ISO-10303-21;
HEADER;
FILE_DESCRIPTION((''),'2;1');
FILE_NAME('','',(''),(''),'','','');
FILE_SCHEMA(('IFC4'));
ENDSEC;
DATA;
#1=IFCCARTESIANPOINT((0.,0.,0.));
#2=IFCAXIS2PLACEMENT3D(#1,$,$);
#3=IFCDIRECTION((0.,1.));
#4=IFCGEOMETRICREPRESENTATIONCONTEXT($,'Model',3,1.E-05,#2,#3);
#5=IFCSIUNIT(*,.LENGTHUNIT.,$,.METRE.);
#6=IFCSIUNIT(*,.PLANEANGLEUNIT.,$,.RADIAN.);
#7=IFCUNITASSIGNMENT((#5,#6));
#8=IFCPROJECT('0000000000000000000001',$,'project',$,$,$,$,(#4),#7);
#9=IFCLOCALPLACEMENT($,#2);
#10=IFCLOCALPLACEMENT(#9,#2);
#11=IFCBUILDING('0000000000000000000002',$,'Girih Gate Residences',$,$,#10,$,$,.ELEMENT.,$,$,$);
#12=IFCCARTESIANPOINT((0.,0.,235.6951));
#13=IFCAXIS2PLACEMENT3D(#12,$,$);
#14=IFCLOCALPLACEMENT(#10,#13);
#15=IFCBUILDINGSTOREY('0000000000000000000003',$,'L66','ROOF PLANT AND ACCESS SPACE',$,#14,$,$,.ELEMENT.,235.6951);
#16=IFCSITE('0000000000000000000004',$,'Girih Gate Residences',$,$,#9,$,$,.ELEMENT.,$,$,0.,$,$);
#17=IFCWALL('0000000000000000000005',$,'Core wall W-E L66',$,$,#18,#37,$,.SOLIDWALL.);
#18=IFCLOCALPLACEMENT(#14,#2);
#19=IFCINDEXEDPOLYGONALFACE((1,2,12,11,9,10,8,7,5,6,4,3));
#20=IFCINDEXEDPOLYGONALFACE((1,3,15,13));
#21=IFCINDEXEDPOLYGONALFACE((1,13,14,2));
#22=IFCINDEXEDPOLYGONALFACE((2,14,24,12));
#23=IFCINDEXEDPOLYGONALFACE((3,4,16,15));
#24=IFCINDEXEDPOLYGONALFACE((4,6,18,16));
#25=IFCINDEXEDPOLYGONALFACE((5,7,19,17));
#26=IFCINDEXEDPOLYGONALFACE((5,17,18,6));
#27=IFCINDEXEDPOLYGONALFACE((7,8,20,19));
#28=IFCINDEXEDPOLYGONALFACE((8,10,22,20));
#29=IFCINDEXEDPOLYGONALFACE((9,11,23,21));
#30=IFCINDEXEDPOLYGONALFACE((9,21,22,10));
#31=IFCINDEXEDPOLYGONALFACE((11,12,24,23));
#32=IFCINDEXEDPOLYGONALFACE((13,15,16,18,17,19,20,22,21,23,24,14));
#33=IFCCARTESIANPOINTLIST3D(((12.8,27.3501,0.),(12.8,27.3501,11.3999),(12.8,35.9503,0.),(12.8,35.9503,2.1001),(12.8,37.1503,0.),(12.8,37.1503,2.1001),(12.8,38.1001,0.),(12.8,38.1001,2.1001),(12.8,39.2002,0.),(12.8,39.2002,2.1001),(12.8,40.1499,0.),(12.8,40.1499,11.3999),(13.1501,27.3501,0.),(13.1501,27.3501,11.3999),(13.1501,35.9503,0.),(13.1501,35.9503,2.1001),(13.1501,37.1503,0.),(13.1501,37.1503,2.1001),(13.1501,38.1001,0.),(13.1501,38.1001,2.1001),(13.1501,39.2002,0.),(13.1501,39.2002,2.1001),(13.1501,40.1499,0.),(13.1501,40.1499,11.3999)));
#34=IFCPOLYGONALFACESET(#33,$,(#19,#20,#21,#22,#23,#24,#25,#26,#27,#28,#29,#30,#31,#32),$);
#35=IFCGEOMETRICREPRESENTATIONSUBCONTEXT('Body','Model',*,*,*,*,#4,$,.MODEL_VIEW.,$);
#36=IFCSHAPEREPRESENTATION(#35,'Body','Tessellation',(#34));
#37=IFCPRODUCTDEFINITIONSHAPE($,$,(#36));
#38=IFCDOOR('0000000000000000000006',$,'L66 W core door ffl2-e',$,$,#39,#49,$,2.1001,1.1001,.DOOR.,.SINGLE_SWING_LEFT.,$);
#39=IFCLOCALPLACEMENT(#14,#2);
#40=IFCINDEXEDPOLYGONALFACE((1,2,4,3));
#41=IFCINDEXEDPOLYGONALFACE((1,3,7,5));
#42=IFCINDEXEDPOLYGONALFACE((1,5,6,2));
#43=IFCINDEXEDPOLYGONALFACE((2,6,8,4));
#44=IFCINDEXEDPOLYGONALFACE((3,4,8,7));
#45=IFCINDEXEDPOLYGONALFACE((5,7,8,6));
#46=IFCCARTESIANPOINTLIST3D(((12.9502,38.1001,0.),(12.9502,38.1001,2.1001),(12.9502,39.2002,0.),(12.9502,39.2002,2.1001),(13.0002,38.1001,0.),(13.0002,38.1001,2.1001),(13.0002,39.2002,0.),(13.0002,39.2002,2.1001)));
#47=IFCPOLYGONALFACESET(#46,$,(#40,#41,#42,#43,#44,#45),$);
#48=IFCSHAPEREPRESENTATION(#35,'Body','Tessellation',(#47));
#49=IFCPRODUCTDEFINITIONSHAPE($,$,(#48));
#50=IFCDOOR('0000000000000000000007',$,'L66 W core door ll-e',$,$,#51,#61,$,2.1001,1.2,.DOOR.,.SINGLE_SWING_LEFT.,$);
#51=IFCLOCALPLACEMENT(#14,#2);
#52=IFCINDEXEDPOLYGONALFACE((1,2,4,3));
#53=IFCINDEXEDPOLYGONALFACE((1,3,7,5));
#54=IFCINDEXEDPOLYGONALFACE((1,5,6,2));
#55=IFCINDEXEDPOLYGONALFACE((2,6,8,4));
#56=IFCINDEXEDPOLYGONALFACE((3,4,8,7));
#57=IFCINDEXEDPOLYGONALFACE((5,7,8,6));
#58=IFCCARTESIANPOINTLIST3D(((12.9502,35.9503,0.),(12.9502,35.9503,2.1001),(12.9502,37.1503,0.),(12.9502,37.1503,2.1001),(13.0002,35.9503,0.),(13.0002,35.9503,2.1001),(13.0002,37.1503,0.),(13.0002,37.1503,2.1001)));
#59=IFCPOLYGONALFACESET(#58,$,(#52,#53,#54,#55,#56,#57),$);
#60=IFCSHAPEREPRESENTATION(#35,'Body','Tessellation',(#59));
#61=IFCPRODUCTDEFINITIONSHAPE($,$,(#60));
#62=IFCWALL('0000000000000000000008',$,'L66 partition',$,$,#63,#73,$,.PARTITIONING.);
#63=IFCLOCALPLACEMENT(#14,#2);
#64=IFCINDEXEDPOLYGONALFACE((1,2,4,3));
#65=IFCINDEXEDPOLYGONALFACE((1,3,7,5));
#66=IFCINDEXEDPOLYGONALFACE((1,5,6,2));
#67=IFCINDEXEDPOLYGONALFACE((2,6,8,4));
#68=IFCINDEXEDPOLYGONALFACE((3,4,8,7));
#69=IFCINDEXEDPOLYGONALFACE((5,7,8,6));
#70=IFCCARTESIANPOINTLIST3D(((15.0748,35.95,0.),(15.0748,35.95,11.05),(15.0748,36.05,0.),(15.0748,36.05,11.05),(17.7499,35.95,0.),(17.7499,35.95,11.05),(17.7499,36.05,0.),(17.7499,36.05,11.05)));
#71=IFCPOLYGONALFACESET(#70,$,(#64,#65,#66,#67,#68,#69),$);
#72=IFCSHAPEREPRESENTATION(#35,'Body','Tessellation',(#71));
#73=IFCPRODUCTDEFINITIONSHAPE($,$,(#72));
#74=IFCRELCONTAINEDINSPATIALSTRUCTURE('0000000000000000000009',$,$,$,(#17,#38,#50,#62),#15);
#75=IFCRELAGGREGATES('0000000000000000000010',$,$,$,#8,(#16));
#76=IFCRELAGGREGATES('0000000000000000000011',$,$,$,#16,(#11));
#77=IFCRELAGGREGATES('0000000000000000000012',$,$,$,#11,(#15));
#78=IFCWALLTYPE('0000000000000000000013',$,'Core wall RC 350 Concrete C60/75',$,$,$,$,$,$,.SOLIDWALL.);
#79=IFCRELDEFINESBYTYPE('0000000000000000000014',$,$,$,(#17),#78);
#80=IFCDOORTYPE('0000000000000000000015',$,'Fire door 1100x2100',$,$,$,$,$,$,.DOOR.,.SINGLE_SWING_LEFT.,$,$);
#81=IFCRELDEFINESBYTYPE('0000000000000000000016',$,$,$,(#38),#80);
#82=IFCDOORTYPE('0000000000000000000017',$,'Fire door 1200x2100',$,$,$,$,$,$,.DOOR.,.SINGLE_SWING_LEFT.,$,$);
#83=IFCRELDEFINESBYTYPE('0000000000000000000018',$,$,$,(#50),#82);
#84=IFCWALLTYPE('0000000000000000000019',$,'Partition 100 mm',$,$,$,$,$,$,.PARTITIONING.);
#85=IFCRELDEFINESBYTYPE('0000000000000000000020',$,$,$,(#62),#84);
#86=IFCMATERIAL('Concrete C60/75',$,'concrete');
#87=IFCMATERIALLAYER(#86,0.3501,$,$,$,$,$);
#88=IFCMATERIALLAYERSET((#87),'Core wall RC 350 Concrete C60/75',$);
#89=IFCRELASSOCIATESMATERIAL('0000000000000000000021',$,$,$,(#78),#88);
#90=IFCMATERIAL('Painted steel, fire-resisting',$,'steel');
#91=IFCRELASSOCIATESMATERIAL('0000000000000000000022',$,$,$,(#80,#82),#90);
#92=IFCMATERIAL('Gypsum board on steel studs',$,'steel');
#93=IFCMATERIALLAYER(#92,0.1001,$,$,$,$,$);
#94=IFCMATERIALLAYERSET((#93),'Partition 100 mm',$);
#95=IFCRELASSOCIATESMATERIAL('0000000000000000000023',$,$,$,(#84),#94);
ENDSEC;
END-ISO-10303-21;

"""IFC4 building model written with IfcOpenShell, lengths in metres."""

from ifc_helpers import new_model, si_unit, direction, frame, frame_2d, origin, place, context, subcontext, project, spatial, rectangle, extrude, material, layer, layer_set, type_object, element, fill, save


model = new_model("IFC4")

# Units and contexts
model_context = context("Model", 3, precision=1e-05, world=origin(), true_north=direction((0.0, 1.0)))
body_context = subcontext(model_context, "Body", "Model", "MODEL_VIEW")
ifc_project = project(units=[si_unit("LENGTHUNIT", "METRE"), si_unit("PLANEANGLEUNIT", "RADIAN")], contexts=[model_context])

# Site, building, storey
site_placement = place(None, origin())
site = spatial("IfcSite", under=ifc_project, at=site_placement, Name="Girih Gate Residences", CompositionType="ELEMENT", RefElevation=0.0)
building_placement = place(site_placement, origin())
building = spatial("IfcBuilding", under=site, at=building_placement, Name="Girih Gate Residences", CompositionType="ELEMENT")
storey_placement = place(building_placement, frame((0.0, 0.0, 235.6951)))
storey = spatial("IfcBuildingStorey", under=building, at=storey_placement, Name="L66", Description="ROOF PLANT AND ACCESS SPACE", CompositionType="ELEMENT", Elevation=235.6951)

# Shared definitions
ifc_material_1 = material(Name="Gypsum board on steel studs", Category="steel")
ifc_material_2 = material(Name="Painted steel, fire-resisting", Category="steel")

# Wall, openings, doors
ifc_material_3 = material(Name="Concrete C60/75", Category="concrete")
ifc_layer_1 = layer(ifc_material_3, 0.3501)
ifc_layer_set_1 = layer_set([ifc_layer_1], Name="Core wall RC 350 Concrete C60/75")
wall_type_1 = type_object("IfcWallType", Name="Core wall RC 350 Concrete C60/75", PredefinedType="SOLIDWALL", material=ifc_layer_set_1)
wall_1_placement = place(storey_placement, frame((12.9751, 27.3501, 0.0), z_axis=(0.0, 0.0, 1.0), x_axis=(0.0, 1.0, 0.0)))
wall_1 = element("IfcWall", 1, at=wall_1_placement, inside=storey, type_object=wall_type_1, Name="Core wall W-E L66", PredefinedType="SOLIDWALL", context=body_context, shape_type="SweptSolid", body=[
    extrude(rectangle(XDim=12.7998, YDim=0.3501, at=frame_2d((6.3999, 0.0))), origin(), (0.0, 0.0, 1.0), 11.3999),
])
opening_1_placement = place(wall_1_placement, frame((10.75, 0.0, 0.0)))
opening_1 = element("IfcOpeningElement", 2, at=opening_1_placement, cuts=wall_1, PredefinedType="OPENING", context=body_context, shape_type="SweptSolid", body=[
    extrude(rectangle(XDim=1.1001, YDim=2.1001, at=frame_2d((0.55, 1.05))), frame((0.0, 0.1851, 0.0), z_axis=(0.0, -1.0, 0.0), x_axis=(1.0, 0.0, 0.0)), (0.0, 0.0, 1.0), 0.3701),
])
opening_2_placement = place(wall_1_placement, frame((8.6001, 0.0, 0.0)))
opening_2 = element("IfcOpeningElement", 3, at=opening_2_placement, cuts=wall_1, PredefinedType="OPENING", context=body_context, shape_type="SweptSolid", body=[
    extrude(rectangle(XDim=1.2, YDim=2.1001, at=frame_2d((0.6001, 1.05))), frame((0.0, 0.1851, 0.0), z_axis=(0.0, -1.0, 0.0), x_axis=(1.0, 0.0, 0.0)), (0.0, 0.0, 1.0), 0.3701),
])
door_type_1 = type_object("IfcDoorType", Name="Fire door 1100x2100", OperationType="SINGLE_SWING_LEFT", PredefinedType="DOOR", material=ifc_material_2)
door_1_placement = place(opening_1_placement, origin())
door_1 = element("IfcDoor", 4, at=door_1_placement, inside=storey, type_object=door_type_1, Name="L66 W core door ffl2-e", OperationType="SINGLE_SWING_LEFT", OverallHeight=2.1001, OverallWidth=1.1001, PredefinedType="DOOR", context=body_context, shape_type="SweptSolid", body=[
    extrude(rectangle(XDim=1.1001, YDim=2.1001, at=frame_2d((0.55, 1.05))), frame((0.0, 0.0249, 0.0), z_axis=(0.0, -1.0, 0.0), x_axis=(1.0, 0.0, 0.0)), (0.0, 0.0, 1.0), 0.05),
])
fill(opening_1, door_1)
door_type_2 = type_object("IfcDoorType", Name="Fire door 1200x2100", OperationType="SINGLE_SWING_LEFT", PredefinedType="DOOR", material=ifc_material_2)
door_2_placement = place(opening_2_placement, origin())
door_2 = element("IfcDoor", 5, at=door_2_placement, inside=storey, type_object=door_type_2, Name="L66 W core door ll-e", OperationType="SINGLE_SWING_LEFT", OverallHeight=2.1001, OverallWidth=1.2, PredefinedType="DOOR", context=body_context, shape_type="SweptSolid", body=[
    extrude(rectangle(XDim=1.2, YDim=2.1001, at=frame_2d((0.6001, 1.05))), frame((0.0, 0.0249, 0.0), z_axis=(0.0, -1.0, 0.0), x_axis=(1.0, 0.0, 0.0)), (0.0, 0.0, 1.0), 0.05),
])
fill(opening_2, door_2)

# Wall
ifc_layer_2 = layer(ifc_material_1, 0.1001)
ifc_layer_set_2 = layer_set([ifc_layer_2], Name="Partition 100 mm")
wall_type_2 = type_object("IfcWallType", Name="Partition 100 mm", PredefinedType="PARTITIONING", material=ifc_layer_set_2)
wall_2_placement = place(storey_placement, frame((15.075, 36.0, 0.0), z_axis=(0.0, 0.0, 1.0), x_axis=(1.0, 0.0, 0.0)))
element("IfcWall", 6, at=wall_2_placement, inside=storey, type_object=wall_type_2, Name="L66 partition", PredefinedType="PARTITIONING", context=body_context, shape_type="SweptSolid", body=[
    extrude(rectangle(XDim=2.675, YDim=0.1001, at=frame_2d((1.3374, 0.0))), origin(), (0.0, 0.0, 1.0), 11.05),
])

save(model, "model.ifc")
